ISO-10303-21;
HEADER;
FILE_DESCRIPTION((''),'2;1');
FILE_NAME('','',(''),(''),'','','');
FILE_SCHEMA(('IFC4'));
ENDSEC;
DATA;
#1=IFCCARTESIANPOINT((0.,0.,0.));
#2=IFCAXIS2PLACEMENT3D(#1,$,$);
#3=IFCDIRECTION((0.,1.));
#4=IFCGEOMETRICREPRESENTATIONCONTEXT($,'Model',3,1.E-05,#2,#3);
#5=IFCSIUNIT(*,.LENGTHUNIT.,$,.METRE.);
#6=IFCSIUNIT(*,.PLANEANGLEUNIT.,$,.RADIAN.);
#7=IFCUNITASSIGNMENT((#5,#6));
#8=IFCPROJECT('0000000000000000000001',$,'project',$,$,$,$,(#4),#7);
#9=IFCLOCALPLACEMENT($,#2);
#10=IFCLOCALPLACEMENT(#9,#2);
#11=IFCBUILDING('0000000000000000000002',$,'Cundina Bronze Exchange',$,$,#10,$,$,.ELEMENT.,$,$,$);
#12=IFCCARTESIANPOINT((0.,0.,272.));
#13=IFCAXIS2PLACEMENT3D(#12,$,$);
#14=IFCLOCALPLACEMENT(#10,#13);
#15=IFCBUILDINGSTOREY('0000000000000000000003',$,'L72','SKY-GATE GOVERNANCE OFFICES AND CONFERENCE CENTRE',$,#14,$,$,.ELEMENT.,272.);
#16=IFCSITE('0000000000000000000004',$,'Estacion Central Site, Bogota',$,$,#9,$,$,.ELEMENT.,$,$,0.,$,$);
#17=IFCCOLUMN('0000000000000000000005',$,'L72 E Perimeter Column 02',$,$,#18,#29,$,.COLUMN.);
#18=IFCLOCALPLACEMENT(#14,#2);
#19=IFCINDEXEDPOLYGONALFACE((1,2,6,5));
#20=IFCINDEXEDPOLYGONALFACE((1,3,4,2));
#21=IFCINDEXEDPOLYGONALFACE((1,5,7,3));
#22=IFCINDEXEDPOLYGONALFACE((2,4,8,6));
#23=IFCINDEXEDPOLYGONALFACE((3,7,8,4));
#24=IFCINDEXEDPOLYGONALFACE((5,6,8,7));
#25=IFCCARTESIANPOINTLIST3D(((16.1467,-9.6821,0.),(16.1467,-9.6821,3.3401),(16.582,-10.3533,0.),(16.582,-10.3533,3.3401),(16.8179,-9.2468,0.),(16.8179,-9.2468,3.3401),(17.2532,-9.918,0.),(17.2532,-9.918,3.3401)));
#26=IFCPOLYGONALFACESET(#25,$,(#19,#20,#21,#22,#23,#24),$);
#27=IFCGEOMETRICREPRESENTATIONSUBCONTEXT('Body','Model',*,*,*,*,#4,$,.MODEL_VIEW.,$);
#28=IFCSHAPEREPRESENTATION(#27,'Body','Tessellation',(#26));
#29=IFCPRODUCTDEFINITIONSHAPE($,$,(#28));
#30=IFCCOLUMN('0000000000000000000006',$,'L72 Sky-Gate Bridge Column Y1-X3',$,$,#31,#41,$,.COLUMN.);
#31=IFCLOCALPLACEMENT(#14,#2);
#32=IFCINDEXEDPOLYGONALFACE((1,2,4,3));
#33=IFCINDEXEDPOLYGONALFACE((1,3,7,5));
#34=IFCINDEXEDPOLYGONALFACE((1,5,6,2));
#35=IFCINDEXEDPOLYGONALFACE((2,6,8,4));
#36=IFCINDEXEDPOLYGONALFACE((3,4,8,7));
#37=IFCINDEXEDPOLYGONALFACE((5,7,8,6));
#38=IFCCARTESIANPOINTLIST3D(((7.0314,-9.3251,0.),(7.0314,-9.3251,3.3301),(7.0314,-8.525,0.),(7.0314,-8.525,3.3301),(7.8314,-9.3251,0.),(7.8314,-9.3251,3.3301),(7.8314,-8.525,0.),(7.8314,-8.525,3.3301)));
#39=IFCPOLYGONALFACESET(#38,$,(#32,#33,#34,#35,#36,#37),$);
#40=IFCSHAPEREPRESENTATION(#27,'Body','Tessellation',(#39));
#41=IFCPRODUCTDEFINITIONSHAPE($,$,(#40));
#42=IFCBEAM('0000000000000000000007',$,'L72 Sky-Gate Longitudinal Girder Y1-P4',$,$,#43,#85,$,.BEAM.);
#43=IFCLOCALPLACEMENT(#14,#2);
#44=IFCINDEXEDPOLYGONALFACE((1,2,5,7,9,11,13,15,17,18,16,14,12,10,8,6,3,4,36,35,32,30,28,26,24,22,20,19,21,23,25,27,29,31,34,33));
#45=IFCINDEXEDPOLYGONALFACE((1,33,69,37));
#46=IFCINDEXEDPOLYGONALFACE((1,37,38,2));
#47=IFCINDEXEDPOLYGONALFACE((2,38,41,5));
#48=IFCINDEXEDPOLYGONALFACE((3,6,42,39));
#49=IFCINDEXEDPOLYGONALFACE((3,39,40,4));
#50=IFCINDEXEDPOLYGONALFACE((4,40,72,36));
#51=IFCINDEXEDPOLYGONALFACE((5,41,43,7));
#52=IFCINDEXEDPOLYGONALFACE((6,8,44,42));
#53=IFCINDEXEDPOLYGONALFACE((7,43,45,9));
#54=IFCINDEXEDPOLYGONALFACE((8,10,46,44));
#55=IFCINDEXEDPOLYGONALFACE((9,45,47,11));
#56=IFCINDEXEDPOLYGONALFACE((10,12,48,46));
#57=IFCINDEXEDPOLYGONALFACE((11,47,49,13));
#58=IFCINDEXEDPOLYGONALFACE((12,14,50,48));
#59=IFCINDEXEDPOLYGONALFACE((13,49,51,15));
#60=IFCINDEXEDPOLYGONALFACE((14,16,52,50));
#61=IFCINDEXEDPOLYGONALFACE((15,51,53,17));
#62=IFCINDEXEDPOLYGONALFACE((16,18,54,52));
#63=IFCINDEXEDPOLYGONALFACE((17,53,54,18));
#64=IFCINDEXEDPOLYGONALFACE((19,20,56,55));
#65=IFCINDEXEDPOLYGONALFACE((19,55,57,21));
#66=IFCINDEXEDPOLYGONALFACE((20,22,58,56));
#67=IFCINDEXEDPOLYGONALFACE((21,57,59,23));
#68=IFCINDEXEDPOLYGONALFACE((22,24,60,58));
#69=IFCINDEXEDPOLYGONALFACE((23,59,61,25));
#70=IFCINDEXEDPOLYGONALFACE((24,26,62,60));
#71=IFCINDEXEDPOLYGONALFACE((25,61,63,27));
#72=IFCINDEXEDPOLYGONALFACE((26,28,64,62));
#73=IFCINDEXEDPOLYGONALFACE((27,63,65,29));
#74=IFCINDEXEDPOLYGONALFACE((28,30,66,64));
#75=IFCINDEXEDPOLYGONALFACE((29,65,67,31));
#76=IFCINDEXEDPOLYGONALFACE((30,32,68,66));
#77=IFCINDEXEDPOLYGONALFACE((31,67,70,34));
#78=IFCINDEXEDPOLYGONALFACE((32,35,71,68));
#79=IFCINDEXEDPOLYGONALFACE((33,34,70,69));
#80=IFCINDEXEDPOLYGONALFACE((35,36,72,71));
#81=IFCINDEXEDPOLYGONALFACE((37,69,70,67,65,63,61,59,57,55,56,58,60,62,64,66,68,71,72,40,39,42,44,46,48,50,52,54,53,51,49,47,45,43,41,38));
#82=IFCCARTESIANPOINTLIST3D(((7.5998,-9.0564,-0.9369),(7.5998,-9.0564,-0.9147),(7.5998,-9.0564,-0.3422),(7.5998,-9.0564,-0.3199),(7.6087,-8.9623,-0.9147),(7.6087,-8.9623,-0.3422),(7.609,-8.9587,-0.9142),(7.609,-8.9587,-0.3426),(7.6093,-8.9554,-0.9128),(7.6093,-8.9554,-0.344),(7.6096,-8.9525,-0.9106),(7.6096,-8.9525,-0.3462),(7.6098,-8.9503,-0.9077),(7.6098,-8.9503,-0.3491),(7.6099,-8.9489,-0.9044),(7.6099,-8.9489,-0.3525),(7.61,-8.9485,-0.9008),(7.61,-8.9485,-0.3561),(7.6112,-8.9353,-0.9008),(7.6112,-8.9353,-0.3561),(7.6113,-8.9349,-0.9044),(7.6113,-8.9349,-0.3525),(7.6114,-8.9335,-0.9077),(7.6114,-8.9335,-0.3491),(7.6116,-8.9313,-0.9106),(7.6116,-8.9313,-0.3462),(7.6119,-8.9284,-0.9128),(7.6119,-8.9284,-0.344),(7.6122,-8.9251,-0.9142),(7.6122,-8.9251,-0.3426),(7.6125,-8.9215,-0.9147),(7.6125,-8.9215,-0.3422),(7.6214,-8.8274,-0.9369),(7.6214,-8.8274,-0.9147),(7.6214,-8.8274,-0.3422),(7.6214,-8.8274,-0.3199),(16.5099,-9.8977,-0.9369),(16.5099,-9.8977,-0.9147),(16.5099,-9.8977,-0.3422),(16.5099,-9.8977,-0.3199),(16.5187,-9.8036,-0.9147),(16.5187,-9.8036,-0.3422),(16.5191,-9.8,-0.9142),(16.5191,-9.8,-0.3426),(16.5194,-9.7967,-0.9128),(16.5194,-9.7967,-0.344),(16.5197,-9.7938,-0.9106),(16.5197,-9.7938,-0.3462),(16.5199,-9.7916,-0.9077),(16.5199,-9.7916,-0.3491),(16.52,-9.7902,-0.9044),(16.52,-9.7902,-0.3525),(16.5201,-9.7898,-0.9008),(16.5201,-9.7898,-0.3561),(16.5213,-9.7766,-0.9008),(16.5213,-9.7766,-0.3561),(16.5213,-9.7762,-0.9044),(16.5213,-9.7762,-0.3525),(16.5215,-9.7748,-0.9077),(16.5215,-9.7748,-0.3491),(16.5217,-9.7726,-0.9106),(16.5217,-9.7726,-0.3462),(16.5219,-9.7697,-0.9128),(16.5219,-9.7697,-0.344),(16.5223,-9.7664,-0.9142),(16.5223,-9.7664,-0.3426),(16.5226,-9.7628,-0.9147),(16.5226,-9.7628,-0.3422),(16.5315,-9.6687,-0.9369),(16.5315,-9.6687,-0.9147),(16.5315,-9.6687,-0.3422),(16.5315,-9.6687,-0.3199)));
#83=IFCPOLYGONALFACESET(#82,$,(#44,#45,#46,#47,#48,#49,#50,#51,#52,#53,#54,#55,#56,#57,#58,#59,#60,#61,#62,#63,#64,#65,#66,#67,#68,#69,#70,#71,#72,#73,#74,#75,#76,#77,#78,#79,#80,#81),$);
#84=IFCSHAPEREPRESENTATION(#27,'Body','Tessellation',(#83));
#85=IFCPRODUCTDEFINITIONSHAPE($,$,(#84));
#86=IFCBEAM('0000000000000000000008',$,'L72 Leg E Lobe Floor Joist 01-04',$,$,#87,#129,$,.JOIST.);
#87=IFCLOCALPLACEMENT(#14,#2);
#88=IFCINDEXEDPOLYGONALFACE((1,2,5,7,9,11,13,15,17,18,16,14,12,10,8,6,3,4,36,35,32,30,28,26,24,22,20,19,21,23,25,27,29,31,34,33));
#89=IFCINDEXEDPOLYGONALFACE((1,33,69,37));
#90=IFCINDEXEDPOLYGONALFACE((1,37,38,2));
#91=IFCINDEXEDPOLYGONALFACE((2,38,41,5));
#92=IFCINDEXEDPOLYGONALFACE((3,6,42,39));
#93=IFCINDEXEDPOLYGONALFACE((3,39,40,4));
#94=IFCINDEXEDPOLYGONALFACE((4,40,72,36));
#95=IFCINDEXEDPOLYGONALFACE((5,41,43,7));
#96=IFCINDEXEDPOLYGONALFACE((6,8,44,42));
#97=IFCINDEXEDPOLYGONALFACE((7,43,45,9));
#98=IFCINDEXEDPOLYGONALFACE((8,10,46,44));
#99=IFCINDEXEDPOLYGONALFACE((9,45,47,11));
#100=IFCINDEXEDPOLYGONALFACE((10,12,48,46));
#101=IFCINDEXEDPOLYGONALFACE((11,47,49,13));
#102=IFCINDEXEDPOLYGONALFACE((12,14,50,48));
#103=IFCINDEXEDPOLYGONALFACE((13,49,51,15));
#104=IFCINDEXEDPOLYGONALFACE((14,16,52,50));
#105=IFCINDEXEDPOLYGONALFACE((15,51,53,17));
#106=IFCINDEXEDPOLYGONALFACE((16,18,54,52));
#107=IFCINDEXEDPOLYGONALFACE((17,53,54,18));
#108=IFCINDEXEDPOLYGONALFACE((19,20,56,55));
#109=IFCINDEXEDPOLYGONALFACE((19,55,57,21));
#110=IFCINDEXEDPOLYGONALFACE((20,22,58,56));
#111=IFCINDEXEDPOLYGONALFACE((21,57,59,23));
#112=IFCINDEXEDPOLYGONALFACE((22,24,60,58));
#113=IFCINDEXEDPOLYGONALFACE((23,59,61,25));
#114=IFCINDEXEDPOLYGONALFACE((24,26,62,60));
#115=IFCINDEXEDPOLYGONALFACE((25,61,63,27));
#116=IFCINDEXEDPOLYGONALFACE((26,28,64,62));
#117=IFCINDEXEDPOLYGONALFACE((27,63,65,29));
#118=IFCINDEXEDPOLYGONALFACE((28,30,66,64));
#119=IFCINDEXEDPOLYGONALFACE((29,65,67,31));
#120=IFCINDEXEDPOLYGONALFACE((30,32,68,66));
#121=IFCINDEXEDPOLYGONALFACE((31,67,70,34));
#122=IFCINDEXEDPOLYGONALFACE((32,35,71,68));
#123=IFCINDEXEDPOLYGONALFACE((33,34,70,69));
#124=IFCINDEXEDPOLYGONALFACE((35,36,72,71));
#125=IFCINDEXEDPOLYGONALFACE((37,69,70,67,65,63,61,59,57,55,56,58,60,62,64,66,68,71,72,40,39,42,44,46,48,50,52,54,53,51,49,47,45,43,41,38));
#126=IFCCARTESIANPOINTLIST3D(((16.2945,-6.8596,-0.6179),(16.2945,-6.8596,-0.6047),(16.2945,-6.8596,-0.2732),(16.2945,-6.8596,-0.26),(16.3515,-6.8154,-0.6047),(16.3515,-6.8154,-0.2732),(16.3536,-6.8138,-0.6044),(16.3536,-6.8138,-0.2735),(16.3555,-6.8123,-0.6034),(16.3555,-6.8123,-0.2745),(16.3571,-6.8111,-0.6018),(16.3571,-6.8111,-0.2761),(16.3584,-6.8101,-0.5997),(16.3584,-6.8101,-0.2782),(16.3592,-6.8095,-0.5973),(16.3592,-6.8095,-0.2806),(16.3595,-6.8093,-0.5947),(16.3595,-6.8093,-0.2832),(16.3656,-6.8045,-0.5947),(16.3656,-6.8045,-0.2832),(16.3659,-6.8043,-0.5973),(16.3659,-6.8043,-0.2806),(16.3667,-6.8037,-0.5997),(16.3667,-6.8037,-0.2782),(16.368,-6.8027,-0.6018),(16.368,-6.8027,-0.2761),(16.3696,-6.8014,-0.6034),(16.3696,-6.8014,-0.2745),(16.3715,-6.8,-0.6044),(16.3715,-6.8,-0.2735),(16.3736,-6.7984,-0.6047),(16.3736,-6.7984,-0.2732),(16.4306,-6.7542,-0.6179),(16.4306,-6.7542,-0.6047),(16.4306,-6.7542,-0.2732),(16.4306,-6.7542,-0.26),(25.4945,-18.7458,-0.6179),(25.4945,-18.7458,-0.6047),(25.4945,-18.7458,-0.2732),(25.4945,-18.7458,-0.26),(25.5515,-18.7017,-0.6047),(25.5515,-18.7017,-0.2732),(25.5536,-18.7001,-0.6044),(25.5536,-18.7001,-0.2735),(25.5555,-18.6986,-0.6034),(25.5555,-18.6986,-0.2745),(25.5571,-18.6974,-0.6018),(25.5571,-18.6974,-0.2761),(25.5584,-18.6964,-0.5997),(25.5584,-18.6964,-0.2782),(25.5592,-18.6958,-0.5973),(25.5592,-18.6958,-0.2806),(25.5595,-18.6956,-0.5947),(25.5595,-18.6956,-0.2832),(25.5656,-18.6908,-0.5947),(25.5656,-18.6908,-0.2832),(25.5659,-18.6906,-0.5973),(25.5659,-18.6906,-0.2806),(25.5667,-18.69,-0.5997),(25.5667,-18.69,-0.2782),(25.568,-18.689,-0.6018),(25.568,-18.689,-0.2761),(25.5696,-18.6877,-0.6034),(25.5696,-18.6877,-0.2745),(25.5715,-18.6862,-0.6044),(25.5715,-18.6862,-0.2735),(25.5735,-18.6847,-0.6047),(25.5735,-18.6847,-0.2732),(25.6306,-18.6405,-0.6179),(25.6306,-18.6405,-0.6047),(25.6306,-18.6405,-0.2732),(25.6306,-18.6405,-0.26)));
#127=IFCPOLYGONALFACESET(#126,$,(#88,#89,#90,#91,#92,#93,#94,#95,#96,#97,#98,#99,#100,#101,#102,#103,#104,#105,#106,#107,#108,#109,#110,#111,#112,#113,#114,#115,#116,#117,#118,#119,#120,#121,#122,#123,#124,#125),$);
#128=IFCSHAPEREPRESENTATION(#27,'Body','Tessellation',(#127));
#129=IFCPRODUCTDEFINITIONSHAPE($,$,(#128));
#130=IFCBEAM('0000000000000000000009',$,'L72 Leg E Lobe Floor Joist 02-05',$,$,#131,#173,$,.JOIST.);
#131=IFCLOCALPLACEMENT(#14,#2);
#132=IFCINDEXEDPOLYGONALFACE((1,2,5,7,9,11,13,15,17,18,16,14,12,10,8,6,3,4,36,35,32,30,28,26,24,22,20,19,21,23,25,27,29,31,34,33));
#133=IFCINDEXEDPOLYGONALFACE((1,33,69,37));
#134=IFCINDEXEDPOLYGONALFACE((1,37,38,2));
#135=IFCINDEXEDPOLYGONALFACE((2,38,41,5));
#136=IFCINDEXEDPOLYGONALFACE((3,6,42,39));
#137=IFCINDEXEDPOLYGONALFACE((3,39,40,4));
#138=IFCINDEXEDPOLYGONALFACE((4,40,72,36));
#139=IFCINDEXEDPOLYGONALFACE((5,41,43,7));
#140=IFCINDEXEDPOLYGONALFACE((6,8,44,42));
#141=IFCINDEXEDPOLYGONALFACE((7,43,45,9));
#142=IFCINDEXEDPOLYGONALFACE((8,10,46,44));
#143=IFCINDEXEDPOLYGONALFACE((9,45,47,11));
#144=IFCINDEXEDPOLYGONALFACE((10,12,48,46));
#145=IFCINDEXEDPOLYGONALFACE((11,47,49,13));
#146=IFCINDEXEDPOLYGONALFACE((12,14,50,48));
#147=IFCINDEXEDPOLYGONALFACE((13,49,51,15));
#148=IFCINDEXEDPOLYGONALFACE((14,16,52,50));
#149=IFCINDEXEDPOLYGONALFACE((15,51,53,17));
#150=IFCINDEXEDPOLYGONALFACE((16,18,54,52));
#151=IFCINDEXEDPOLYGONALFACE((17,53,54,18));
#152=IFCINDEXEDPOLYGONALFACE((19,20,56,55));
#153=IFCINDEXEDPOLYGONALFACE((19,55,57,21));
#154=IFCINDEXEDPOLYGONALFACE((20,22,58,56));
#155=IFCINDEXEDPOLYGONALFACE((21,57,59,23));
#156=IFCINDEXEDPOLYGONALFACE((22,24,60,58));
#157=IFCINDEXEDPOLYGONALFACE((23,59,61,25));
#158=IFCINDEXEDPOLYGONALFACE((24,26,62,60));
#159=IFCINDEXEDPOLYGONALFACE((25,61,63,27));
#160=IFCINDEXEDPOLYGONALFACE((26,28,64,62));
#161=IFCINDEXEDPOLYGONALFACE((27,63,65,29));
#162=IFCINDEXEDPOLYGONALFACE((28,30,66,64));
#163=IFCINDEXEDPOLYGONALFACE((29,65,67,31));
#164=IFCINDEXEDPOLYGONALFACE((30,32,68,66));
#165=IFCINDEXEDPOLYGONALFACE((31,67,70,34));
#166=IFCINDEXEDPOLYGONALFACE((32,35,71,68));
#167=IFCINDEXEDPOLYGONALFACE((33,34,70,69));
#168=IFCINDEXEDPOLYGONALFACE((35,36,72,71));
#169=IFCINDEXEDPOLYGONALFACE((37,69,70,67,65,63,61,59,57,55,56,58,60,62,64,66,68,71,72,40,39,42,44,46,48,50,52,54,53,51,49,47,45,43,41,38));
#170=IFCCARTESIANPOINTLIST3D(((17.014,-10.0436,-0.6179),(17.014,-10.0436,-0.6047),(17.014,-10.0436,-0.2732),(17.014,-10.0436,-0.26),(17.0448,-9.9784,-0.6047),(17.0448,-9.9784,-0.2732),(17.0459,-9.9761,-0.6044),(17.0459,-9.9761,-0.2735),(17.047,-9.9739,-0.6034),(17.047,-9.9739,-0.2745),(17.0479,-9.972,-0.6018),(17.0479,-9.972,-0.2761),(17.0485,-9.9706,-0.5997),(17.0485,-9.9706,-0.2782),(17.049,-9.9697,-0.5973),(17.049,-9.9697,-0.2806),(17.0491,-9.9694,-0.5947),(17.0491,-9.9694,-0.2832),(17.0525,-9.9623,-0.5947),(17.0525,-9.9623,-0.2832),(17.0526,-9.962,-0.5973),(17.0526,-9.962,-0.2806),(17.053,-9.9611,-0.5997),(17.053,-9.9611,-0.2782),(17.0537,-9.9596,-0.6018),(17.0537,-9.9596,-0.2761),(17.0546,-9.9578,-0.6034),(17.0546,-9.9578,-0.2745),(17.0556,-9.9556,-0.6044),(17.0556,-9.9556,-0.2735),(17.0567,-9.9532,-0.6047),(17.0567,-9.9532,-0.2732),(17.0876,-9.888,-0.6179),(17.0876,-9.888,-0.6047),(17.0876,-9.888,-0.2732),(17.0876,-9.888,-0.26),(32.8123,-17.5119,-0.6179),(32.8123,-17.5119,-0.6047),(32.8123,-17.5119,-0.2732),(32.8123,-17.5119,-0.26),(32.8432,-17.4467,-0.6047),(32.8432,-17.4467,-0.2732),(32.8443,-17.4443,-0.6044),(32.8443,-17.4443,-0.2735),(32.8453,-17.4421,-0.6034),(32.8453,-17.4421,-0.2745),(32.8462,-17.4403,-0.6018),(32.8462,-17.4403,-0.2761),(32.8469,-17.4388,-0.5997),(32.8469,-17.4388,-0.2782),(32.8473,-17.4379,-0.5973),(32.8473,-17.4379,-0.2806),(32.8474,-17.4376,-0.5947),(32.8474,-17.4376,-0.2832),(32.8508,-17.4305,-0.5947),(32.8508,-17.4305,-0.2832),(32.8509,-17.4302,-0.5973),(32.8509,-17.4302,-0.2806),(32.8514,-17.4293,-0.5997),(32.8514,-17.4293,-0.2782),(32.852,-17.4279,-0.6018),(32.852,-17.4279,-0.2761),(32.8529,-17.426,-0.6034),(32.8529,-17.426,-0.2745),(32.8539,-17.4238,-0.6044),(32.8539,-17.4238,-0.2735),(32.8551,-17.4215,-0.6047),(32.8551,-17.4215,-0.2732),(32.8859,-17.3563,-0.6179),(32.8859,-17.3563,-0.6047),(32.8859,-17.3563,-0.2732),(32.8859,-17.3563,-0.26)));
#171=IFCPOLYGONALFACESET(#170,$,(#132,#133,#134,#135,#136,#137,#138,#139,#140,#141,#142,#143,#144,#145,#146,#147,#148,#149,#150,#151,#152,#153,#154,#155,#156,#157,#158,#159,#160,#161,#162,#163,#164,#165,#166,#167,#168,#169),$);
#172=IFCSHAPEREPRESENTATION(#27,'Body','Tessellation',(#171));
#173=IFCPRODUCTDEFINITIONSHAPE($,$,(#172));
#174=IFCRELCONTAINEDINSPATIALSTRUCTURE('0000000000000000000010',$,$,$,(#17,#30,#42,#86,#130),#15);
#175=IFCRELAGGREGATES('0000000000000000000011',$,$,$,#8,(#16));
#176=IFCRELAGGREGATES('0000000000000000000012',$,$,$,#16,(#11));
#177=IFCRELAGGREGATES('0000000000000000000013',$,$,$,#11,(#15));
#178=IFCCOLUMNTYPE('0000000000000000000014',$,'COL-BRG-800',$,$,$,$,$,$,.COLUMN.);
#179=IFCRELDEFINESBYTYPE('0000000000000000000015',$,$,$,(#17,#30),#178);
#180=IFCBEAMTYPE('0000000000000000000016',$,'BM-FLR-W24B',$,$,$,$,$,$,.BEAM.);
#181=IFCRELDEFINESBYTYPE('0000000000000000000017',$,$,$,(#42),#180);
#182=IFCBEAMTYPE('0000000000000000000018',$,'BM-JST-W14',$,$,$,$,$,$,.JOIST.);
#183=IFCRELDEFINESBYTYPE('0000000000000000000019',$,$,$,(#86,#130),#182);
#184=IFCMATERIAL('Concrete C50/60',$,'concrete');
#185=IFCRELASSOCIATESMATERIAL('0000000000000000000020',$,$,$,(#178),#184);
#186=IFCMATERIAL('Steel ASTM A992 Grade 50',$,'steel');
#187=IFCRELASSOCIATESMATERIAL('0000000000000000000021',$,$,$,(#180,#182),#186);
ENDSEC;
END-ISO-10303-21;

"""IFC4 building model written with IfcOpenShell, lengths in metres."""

from ifc_helpers import new_model, si_unit, direction, frame, origin, origin_2d, place, context, subcontext, project, spatial, rectangle, i_section, extrude, material, material_profile, profile_set, type_object, element, save


model = new_model("IFC4")

# Units and contexts
model_context = context("Model", 3, precision=1e-05, world=origin(), true_north=direction((0.0, 1.0)))
body_context = subcontext(model_context, "Body", "Model", "MODEL_VIEW")
ifc_project = project(units=[si_unit("LENGTHUNIT", "METRE"), si_unit("PLANEANGLEUNIT", "RADIAN")], contexts=[model_context])

# Site, building, storey
site_placement = place(None, origin())
site = spatial("IfcSite", under=ifc_project, at=site_placement, Name="Estacion Central Site, Bogota", CompositionType="ELEMENT", RefElevation=0.0)
building_placement = place(site_placement, origin())
building = spatial("IfcBuilding", under=site, at=building_placement, Name="Cundina Bronze Exchange", CompositionType="ELEMENT")
storey_placement = place(building_placement, frame((0.0, 0.0, 272.0)))
storey = spatial("IfcBuildingStorey", under=building, at=storey_placement, Name="L72", Description="SKY-GATE GOVERNANCE OFFICES AND CONFERENCE CENTRE", CompositionType="ELEMENT", Elevation=272.0)

# Columns
ifc_material_1 = material(Name="Concrete C50/60", Category="concrete")
ifc_material_profile_1 = material_profile(ifc_material_1, rectangle(XDim=0.8, YDim=0.8, at=origin_2d()), Name="RC800X800", Category="concrete")
ifc_profile_set_1 = profile_set([ifc_material_profile_1], Name="Concrete C50/60")
column_type = type_object("IfcColumnType", Name="COL-BRG-800", PredefinedType="COLUMN", material=ifc_profile_set_1)
column_1_placement = place(storey_placement, frame((16.7, -9.8, 0.0), z_axis=(0.0, 0.0, 1.0), x_axis=(0.5442, -0.838956, 0.0)))
element("IfcColumn", 1, at=column_1_placement, inside=storey, type_object=column_type, Name="L72 E Perimeter Column 02", PredefinedType="COLUMN", context=body_context, shape_type="SweptSolid", body=[
    extrude(rectangle(XDim=0.8, YDim=0.8, at=origin_2d()), origin(), (0.0, 0.0, 1.0), 3.3401),
])
column_2_placement = place(storey_placement, frame((7.4314, -8.925, 0.0), z_axis=(0.0, 0.0, 1.0), x_axis=(1.0, 0.0, 0.0)))
element("IfcColumn", 2, at=column_2_placement, inside=storey, type_object=column_type, Name="L72 Sky-Gate Bridge Column Y1-X3", PredefinedType="COLUMN", context=body_context, shape_type="SweptSolid", body=[
    extrude(rectangle(XDim=0.8, YDim=0.8, at=origin_2d()), origin(), (0.0, 0.0, 1.0), 3.3301),
])

# Beams
ifc_material_2 = material(Name="Steel ASTM A992 Grade 50", Category="steel")
ifc_material_profile_2 = material_profile(ifc_material_2, i_section(OverallWidth=0.23, OverallDepth=0.6169, WebThickness=0.0132, FlangeThickness=0.0222, FilletRadius=0.0139, at=origin_2d()), Name="W24X94", Category="steel")
ifc_profile_set_2 = profile_set([ifc_material_profile_2], Name="Steel ASTM A992 Grade 50")
beam_type_1 = type_object("IfcBeamType", Name="BM-FLR-W24B", PredefinedType="BEAM", material=ifc_profile_set_2)
beam_1_placement = place(storey_placement, frame((7.6106, -8.9419, -0.6284), z_axis=(0.995572, -0.094003, 0.0), x_axis=(0.094003, 0.995572, 0.0)))
element("IfcBeam", 3, at=beam_1_placement, inside=storey, type_object=beam_type_1, Name="L72 Sky-Gate Longitudinal Girder Y1-P4", PredefinedType="BEAM", context=body_context, shape_type="SweptSolid", body=[
    extrude(i_section(OverallWidth=0.23, OverallDepth=0.6169, WebThickness=0.0132, FlangeThickness=0.0222, FilletRadius=0.0139, at=origin_2d()), origin(), (0.0, 0.0, 1.0), 8.9497),
])
ifc_material_profile_3 = material_profile(ifc_material_2, i_section(OverallWidth=0.1721, OverallDepth=0.3579, WebThickness=0.0078, FlangeThickness=0.0132, FilletRadius=0.01, at=origin_2d()), Name="W14X38", Category="steel")
ifc_profile_set_3 = profile_set([ifc_material_profile_3], Name="Steel ASTM A992 Grade 50")
beam_type_2 = type_object("IfcBeamType", Name="BM-JST-W14", PredefinedType="JOIST", material=ifc_profile_set_3)
beam_2_placement = place(storey_placement, frame((16.3625, -6.8069, -0.439), z_axis=(0.612078, -0.790798, 0.0), x_axis=(0.790798, 0.612078, 0.0)))
element("IfcBeam", 4, at=beam_2_placement, inside=storey, type_object=beam_type_2, Name="L72 Leg E Lobe Floor Joist 01-04", PredefinedType="JOIST", context=body_context, shape_type="SweptSolid", body=[
    extrude(i_section(OverallWidth=0.1721, OverallDepth=0.3579, WebThickness=0.0078, FlangeThickness=0.0132, FilletRadius=0.01, at=origin_2d()), origin(), (0.0, 0.0, 1.0), 15.0308),
])
beam_3_placement = place(storey_placement, frame((17.0508, -9.9658, -0.439), z_axis=(0.904073, -0.427378, 0.0), x_axis=(0.427378, 0.904073, 0.0)))
element("IfcBeam", 5, at=beam_3_placement, inside=storey, type_object=beam_type_2, Name="L72 Leg E Lobe Floor Joist 02-05", PredefinedType="JOIST", context=body_context, shape_type="SweptSolid", body=[
    extrude(i_section(OverallWidth=0.1721, OverallDepth=0.3579, WebThickness=0.0078, FlangeThickness=0.0132, FilletRadius=0.01, at=origin_2d()), origin(), (0.0, 0.0, 1.0), 17.4746),
])

save(model, "model.ifc")
